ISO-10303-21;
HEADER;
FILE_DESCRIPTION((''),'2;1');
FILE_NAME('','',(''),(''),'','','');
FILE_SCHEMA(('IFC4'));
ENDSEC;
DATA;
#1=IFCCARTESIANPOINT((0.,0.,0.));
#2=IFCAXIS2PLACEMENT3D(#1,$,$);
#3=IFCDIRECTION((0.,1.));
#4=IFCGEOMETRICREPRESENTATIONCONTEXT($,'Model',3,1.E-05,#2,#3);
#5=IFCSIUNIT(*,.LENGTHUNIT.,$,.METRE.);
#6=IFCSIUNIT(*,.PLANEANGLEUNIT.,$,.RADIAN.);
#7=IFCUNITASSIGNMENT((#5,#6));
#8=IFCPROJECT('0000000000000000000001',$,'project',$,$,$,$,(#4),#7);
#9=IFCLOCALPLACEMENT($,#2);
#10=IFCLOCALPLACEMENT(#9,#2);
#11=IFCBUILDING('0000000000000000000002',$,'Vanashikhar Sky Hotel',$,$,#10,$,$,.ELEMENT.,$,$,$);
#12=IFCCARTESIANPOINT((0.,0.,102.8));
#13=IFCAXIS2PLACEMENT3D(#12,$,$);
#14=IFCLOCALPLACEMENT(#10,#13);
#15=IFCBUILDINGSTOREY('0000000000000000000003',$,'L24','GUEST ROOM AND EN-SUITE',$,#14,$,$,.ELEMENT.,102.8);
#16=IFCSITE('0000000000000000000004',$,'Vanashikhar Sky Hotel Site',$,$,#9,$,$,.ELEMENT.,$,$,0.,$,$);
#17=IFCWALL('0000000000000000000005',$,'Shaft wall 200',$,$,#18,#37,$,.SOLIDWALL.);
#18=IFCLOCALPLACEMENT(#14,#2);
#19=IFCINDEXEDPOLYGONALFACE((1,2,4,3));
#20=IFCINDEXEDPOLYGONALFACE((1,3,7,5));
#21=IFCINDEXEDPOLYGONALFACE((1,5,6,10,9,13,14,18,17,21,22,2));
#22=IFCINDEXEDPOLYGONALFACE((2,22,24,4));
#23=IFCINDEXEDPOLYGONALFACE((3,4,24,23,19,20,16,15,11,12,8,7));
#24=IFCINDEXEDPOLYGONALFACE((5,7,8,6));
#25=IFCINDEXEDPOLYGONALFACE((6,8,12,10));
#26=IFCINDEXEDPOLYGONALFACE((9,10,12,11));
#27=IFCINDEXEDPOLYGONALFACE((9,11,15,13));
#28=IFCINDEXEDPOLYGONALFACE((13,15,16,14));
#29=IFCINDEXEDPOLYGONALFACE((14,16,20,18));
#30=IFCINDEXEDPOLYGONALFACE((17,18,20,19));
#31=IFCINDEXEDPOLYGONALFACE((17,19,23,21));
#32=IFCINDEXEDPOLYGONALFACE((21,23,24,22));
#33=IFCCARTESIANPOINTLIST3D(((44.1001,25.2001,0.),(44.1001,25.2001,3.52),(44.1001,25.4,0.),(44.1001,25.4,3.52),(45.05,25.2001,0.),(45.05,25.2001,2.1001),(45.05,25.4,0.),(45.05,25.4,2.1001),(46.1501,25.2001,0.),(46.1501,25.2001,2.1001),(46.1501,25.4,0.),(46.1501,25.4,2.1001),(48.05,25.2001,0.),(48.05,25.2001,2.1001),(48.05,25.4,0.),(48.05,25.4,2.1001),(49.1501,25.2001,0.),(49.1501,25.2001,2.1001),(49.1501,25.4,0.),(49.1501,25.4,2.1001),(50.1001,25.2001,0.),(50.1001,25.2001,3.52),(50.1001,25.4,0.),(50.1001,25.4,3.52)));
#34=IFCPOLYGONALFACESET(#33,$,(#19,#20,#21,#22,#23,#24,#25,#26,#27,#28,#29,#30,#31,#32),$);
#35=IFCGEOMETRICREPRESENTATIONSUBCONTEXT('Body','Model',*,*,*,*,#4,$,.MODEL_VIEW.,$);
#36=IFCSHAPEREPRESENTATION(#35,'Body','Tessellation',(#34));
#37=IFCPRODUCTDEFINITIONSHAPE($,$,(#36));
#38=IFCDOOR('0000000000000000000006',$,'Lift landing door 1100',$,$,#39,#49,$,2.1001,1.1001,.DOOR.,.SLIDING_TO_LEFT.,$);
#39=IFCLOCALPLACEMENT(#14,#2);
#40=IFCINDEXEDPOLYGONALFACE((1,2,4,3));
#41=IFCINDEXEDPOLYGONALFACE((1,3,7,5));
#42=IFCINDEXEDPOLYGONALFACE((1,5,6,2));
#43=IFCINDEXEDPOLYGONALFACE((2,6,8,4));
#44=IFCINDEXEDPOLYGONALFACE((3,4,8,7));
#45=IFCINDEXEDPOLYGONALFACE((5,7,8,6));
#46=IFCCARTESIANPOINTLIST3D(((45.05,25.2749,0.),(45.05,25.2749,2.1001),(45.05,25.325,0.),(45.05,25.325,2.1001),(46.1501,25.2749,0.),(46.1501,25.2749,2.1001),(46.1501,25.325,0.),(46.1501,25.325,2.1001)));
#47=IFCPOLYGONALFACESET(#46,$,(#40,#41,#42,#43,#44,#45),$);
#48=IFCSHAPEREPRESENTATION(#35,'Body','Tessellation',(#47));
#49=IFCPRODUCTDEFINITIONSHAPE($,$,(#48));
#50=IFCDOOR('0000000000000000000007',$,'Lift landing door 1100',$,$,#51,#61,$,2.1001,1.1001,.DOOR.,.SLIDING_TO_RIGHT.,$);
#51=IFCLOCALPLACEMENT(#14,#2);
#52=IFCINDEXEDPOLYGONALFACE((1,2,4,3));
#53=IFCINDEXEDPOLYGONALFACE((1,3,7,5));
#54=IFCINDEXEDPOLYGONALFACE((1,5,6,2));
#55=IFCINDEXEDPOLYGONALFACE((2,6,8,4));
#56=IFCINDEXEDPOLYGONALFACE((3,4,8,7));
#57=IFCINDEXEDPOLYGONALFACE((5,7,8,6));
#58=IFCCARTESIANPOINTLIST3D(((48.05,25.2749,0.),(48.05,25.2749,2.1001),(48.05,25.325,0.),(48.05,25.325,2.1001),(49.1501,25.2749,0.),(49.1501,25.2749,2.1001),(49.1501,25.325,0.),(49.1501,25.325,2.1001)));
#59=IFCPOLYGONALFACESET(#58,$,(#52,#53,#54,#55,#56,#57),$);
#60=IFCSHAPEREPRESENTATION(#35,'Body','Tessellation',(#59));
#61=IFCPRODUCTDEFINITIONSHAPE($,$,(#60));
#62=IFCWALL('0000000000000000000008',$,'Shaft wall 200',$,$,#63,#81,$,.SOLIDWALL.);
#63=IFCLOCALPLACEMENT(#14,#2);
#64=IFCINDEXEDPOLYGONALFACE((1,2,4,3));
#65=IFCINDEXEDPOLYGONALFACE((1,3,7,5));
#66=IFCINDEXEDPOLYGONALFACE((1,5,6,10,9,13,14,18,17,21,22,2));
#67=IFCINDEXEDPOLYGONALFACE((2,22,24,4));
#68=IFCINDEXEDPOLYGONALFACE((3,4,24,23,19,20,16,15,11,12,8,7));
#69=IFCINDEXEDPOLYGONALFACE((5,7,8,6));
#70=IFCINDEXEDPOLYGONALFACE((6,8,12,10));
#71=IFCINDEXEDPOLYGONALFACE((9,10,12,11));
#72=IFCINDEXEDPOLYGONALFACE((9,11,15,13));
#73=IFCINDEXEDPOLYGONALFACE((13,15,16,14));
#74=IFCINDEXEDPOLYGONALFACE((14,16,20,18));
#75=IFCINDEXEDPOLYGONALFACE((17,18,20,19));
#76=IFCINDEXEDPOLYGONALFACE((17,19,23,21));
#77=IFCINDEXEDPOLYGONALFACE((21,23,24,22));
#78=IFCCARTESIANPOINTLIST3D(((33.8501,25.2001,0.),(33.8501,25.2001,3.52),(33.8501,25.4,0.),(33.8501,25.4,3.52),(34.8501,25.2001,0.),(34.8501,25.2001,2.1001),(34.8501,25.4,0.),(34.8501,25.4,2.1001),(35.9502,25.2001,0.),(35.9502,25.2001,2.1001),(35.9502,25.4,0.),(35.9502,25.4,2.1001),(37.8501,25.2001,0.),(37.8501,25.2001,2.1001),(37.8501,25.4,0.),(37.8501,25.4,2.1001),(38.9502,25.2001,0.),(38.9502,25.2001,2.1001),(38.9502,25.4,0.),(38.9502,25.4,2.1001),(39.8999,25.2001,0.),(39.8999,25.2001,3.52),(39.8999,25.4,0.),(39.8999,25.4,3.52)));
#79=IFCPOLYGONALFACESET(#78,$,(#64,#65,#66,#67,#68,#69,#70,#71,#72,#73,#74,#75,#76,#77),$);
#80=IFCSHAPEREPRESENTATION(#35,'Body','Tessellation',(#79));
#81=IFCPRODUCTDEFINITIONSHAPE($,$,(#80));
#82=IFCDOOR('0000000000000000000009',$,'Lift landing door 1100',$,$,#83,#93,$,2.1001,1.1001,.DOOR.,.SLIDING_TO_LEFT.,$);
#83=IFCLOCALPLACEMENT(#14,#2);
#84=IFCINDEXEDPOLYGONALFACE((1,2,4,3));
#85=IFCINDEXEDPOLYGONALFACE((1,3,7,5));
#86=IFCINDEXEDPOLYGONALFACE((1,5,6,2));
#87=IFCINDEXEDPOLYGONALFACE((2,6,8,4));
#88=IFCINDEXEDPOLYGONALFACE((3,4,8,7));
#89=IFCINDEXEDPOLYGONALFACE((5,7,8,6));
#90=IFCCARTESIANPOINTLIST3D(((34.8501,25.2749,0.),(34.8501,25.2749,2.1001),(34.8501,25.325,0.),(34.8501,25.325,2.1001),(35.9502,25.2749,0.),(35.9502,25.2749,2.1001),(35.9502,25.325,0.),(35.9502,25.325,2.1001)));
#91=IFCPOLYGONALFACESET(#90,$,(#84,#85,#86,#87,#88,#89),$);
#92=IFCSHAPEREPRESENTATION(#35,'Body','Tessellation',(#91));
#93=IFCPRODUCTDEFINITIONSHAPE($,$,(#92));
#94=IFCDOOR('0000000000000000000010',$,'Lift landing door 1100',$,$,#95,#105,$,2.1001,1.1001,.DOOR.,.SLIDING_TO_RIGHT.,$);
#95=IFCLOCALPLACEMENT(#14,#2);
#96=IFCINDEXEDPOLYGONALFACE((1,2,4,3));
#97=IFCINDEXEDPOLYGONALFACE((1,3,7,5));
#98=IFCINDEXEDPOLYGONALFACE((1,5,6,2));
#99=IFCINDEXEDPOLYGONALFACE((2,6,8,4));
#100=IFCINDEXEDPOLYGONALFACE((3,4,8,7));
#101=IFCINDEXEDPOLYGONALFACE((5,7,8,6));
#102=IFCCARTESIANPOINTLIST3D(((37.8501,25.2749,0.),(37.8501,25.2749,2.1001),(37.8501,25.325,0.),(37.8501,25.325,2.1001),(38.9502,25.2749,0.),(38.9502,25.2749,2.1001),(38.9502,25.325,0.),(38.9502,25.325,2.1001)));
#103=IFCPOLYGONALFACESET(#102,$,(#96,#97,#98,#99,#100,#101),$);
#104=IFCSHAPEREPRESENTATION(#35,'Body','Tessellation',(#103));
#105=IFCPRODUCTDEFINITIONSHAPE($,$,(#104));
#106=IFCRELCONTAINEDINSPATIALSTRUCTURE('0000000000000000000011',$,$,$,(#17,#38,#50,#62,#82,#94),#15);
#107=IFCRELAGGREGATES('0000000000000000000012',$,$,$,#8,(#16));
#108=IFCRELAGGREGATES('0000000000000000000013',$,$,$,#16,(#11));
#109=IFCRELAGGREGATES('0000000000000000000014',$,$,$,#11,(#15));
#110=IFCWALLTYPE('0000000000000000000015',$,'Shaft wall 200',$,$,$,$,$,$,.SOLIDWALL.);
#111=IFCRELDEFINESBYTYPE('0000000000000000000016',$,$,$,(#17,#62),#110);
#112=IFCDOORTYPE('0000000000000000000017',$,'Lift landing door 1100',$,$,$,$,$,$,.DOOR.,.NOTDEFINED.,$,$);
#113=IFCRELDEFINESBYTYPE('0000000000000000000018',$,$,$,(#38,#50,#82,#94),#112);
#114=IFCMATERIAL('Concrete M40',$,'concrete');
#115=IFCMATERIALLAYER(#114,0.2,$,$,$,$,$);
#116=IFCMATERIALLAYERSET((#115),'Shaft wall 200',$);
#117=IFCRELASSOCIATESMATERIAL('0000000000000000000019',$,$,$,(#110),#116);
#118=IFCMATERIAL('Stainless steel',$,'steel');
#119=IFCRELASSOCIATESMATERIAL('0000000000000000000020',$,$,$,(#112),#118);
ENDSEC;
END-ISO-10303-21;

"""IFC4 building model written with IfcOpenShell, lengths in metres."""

from ifc_helpers import new_model, si_unit, direction, frame, frame_2d, origin, place, context, subcontext, project, spatial, rectangle, extrude, source, transform, mapped, material, layer, layer_set, type_object, element, fill, save


model = new_model("IFC4")

# Units and contexts
model_context = context("Model", 3, precision=1e-05, world=origin(), true_north=direction((0.0, 1.0)))
body_context = subcontext(model_context, "Body", "Model", "MODEL_VIEW")
ifc_project = project(units=[si_unit("LENGTHUNIT", "METRE"), si_unit("PLANEANGLEUNIT", "RADIAN")], contexts=[model_context])

# Site, building, storey
site_placement = place(None, origin())
site = spatial("IfcSite", under=ifc_project, at=site_placement, Name="Vanashikhar Sky Hotel Site", CompositionType="ELEMENT", RefElevation=0.0)
building_placement = place(site_placement, origin())
building = spatial("IfcBuilding", under=site, at=building_placement, Name="Vanashikhar Sky Hotel", CompositionType="ELEMENT")
storey_placement = place(building_placement, frame((0.0, 0.0, 102.8)))
storey = spatial("IfcBuildingStorey", under=building, at=storey_placement, Name="L24", Description="GUEST ROOM AND EN-SUITE", CompositionType="ELEMENT", Elevation=102.8)

# Walls, openings, doors
ifc_material_1 = material(Name="Concrete M40", Category="concrete")
ifc_layer_1 = layer(ifc_material_1, 0.2)
ifc_layer_set_1 = layer_set([ifc_layer_1], Name="Shaft wall 200")
wall_type_1 = type_object("IfcWallType", Name="Shaft wall 200", PredefinedType="SOLIDWALL", material=ifc_layer_set_1)
shared_shape_1 = source(origin(), body_context, "Body", "SweptSolid", [
    extrude(rectangle(XDim=6.0, YDim=0.2, at=frame_2d((3.0, 0.0))), origin(), (0.0, 0.0, 1.0), 3.52),
])
wall_1_placement = place(storey_placement, frame((44.1001, 25.3, 0.0), z_axis=(0.0, 0.0, 1.0), x_axis=(1.0, 0.0, 0.0)))
wall_1 = element("IfcWall", 1, at=wall_1_placement, inside=storey, type_object=wall_type_1, Name="Shaft wall 200", PredefinedType="SOLIDWALL", context=body_context, shape_type="MappedRepresentation", body=[
    mapped(shared_shape_1, transform((0.0, 0.0, 0.0), scale=1.0)),
])
shared_shape_2 = source(origin(), body_context, "Body", "SweptSolid", [
    extrude(rectangle(XDim=1.1001, YDim=2.1001, at=frame_2d((0.55, 1.05))), frame((0.0, 0.1099, 0.0), z_axis=(0.0, -1.0, 0.0), x_axis=(1.0, 0.0, 0.0)), (0.0, 0.0, 1.0), 0.22),
])
opening_1_placement = place(wall_1_placement, frame((0.95, 0.0, 0.0)))
opening_1 = element("IfcOpeningElement", 2, at=opening_1_placement, cuts=wall_1, PredefinedType="OPENING", context=body_context, shape_type="MappedRepresentation", body=[
    mapped(shared_shape_2, transform((0.0, 0.0, 0.0), scale=1.0)),
])
opening_2_placement = place(wall_1_placement, frame((3.95, 0.0, 0.0)))
opening_2 = element("IfcOpeningElement", 3, at=opening_2_placement, cuts=wall_1, PredefinedType="OPENING", context=body_context, shape_type="MappedRepresentation", body=[
    mapped(shared_shape_2, transform((0.0, 0.0, 0.0), scale=1.0)),
])
ifc_material_2 = material(Name="Stainless steel", Category="steel")
door_type_1 = type_object("IfcDoorType", Name="Lift landing door 1100", OperationType="NOTDEFINED", PredefinedType="DOOR", material=ifc_material_2)
shared_shape_3 = source(origin(), body_context, "Body", "SweptSolid", [
    extrude(rectangle(XDim=1.1001, YDim=2.1001, at=frame_2d((0.55, 1.05))), frame((0.0, 0.0249, 0.0), z_axis=(0.0, -1.0, 0.0), x_axis=(1.0, 0.0, 0.0)), (0.0, 0.0, 1.0), 0.05),
])
door_1_placement = place(opening_1_placement, origin())
door_1 = element("IfcDoor", 4, at=door_1_placement, inside=storey, type_object=door_type_1, Name="Lift landing door 1100", OperationType="SLIDING_TO_LEFT", OverallHeight=2.1001, OverallWidth=1.1001, PredefinedType="DOOR", context=body_context, shape_type="MappedRepresentation", body=[
    mapped(shared_shape_3, transform((0.0, 0.0, 0.0), scale=1.0)),
])
fill(opening_1, door_1)
door_2_placement = place(opening_2_placement, origin())
door_2 = element("IfcDoor", 5, at=door_2_placement, inside=storey, type_object=door_type_1, Name="Lift landing door 1100", OperationType="SLIDING_TO_RIGHT", OverallHeight=2.1001, OverallWidth=1.1001, PredefinedType="DOOR", context=body_context, shape_type="MappedRepresentation", body=[
    mapped(shared_shape_3, transform((0.0, 0.0, 0.0), scale=1.0)),
])
fill(opening_2, door_2)
shared_shape_4 = source(origin(), body_context, "Body", "SweptSolid", [
    extrude(rectangle(XDim=6.0498, YDim=0.2, at=frame_2d((3.0249, 0.0))), origin(), (0.0, 0.0, 1.0), 3.52),
])
wall_2_placement = place(storey_placement, frame((33.8501, 25.3, 0.0), z_axis=(0.0, 0.0, 1.0), x_axis=(1.0, 0.0, 0.0)))
wall_2 = element("IfcWall", 6, at=wall_2_placement, inside=storey, type_object=wall_type_1, Name="Shaft wall 200", PredefinedType="SOLIDWALL", context=body_context, shape_type="MappedRepresentation", body=[
    mapped(shared_shape_4, transform((0.0, 0.0, 0.0), scale=1.0)),
])
opening_3_placement = place(wall_2_placement, frame((1.0, 0.0, 0.0)))
opening_3 = element("IfcOpeningElement", 7, at=opening_3_placement, cuts=wall_2, PredefinedType="OPENING", context=body_context, shape_type="MappedRepresentation", body=[
    mapped(shared_shape_2, transform((0.0, 0.0, 0.0), scale=1.0)),
])
opening_4_placement = place(wall_2_placement, frame((4.0, 0.0, 0.0)))
opening_4 = element("IfcOpeningElement", 8, at=opening_4_placement, cuts=wall_2, PredefinedType="OPENING", context=body_context, shape_type="MappedRepresentation", body=[
    mapped(shared_shape_2, transform((0.0, 0.0, 0.0), scale=1.0)),
])
door_3_placement = place(opening_3_placement, origin())
door_3 = element("IfcDoor", 9, at=door_3_placement, inside=storey, type_object=door_type_1, Name="Lift landing door 1100", OperationType="SLIDING_TO_LEFT", OverallHeight=2.1001, OverallWidth=1.1001, PredefinedType="DOOR", context=body_context, shape_type="MappedRepresentation", body=[
    mapped(shared_shape_3, transform((0.0, 0.0, 0.0), scale=1.0)),
])
fill(opening_3, door_3)
door_4_placement = place(opening_4_placement, origin())
door_4 = element("IfcDoor", 10, at=door_4_placement, inside=storey, type_object=door_type_1, Name="Lift landing door 1100", OperationType="SLIDING_TO_RIGHT", OverallHeight=2.1001, OverallWidth=1.1001, PredefinedType="DOOR", context=body_context, shape_type="MappedRepresentation", body=[
    mapped(shared_shape_3, transform((0.0, 0.0, 0.0), scale=1.0)),
])
fill(opening_4, door_4)

save(model, "model.ifc")
